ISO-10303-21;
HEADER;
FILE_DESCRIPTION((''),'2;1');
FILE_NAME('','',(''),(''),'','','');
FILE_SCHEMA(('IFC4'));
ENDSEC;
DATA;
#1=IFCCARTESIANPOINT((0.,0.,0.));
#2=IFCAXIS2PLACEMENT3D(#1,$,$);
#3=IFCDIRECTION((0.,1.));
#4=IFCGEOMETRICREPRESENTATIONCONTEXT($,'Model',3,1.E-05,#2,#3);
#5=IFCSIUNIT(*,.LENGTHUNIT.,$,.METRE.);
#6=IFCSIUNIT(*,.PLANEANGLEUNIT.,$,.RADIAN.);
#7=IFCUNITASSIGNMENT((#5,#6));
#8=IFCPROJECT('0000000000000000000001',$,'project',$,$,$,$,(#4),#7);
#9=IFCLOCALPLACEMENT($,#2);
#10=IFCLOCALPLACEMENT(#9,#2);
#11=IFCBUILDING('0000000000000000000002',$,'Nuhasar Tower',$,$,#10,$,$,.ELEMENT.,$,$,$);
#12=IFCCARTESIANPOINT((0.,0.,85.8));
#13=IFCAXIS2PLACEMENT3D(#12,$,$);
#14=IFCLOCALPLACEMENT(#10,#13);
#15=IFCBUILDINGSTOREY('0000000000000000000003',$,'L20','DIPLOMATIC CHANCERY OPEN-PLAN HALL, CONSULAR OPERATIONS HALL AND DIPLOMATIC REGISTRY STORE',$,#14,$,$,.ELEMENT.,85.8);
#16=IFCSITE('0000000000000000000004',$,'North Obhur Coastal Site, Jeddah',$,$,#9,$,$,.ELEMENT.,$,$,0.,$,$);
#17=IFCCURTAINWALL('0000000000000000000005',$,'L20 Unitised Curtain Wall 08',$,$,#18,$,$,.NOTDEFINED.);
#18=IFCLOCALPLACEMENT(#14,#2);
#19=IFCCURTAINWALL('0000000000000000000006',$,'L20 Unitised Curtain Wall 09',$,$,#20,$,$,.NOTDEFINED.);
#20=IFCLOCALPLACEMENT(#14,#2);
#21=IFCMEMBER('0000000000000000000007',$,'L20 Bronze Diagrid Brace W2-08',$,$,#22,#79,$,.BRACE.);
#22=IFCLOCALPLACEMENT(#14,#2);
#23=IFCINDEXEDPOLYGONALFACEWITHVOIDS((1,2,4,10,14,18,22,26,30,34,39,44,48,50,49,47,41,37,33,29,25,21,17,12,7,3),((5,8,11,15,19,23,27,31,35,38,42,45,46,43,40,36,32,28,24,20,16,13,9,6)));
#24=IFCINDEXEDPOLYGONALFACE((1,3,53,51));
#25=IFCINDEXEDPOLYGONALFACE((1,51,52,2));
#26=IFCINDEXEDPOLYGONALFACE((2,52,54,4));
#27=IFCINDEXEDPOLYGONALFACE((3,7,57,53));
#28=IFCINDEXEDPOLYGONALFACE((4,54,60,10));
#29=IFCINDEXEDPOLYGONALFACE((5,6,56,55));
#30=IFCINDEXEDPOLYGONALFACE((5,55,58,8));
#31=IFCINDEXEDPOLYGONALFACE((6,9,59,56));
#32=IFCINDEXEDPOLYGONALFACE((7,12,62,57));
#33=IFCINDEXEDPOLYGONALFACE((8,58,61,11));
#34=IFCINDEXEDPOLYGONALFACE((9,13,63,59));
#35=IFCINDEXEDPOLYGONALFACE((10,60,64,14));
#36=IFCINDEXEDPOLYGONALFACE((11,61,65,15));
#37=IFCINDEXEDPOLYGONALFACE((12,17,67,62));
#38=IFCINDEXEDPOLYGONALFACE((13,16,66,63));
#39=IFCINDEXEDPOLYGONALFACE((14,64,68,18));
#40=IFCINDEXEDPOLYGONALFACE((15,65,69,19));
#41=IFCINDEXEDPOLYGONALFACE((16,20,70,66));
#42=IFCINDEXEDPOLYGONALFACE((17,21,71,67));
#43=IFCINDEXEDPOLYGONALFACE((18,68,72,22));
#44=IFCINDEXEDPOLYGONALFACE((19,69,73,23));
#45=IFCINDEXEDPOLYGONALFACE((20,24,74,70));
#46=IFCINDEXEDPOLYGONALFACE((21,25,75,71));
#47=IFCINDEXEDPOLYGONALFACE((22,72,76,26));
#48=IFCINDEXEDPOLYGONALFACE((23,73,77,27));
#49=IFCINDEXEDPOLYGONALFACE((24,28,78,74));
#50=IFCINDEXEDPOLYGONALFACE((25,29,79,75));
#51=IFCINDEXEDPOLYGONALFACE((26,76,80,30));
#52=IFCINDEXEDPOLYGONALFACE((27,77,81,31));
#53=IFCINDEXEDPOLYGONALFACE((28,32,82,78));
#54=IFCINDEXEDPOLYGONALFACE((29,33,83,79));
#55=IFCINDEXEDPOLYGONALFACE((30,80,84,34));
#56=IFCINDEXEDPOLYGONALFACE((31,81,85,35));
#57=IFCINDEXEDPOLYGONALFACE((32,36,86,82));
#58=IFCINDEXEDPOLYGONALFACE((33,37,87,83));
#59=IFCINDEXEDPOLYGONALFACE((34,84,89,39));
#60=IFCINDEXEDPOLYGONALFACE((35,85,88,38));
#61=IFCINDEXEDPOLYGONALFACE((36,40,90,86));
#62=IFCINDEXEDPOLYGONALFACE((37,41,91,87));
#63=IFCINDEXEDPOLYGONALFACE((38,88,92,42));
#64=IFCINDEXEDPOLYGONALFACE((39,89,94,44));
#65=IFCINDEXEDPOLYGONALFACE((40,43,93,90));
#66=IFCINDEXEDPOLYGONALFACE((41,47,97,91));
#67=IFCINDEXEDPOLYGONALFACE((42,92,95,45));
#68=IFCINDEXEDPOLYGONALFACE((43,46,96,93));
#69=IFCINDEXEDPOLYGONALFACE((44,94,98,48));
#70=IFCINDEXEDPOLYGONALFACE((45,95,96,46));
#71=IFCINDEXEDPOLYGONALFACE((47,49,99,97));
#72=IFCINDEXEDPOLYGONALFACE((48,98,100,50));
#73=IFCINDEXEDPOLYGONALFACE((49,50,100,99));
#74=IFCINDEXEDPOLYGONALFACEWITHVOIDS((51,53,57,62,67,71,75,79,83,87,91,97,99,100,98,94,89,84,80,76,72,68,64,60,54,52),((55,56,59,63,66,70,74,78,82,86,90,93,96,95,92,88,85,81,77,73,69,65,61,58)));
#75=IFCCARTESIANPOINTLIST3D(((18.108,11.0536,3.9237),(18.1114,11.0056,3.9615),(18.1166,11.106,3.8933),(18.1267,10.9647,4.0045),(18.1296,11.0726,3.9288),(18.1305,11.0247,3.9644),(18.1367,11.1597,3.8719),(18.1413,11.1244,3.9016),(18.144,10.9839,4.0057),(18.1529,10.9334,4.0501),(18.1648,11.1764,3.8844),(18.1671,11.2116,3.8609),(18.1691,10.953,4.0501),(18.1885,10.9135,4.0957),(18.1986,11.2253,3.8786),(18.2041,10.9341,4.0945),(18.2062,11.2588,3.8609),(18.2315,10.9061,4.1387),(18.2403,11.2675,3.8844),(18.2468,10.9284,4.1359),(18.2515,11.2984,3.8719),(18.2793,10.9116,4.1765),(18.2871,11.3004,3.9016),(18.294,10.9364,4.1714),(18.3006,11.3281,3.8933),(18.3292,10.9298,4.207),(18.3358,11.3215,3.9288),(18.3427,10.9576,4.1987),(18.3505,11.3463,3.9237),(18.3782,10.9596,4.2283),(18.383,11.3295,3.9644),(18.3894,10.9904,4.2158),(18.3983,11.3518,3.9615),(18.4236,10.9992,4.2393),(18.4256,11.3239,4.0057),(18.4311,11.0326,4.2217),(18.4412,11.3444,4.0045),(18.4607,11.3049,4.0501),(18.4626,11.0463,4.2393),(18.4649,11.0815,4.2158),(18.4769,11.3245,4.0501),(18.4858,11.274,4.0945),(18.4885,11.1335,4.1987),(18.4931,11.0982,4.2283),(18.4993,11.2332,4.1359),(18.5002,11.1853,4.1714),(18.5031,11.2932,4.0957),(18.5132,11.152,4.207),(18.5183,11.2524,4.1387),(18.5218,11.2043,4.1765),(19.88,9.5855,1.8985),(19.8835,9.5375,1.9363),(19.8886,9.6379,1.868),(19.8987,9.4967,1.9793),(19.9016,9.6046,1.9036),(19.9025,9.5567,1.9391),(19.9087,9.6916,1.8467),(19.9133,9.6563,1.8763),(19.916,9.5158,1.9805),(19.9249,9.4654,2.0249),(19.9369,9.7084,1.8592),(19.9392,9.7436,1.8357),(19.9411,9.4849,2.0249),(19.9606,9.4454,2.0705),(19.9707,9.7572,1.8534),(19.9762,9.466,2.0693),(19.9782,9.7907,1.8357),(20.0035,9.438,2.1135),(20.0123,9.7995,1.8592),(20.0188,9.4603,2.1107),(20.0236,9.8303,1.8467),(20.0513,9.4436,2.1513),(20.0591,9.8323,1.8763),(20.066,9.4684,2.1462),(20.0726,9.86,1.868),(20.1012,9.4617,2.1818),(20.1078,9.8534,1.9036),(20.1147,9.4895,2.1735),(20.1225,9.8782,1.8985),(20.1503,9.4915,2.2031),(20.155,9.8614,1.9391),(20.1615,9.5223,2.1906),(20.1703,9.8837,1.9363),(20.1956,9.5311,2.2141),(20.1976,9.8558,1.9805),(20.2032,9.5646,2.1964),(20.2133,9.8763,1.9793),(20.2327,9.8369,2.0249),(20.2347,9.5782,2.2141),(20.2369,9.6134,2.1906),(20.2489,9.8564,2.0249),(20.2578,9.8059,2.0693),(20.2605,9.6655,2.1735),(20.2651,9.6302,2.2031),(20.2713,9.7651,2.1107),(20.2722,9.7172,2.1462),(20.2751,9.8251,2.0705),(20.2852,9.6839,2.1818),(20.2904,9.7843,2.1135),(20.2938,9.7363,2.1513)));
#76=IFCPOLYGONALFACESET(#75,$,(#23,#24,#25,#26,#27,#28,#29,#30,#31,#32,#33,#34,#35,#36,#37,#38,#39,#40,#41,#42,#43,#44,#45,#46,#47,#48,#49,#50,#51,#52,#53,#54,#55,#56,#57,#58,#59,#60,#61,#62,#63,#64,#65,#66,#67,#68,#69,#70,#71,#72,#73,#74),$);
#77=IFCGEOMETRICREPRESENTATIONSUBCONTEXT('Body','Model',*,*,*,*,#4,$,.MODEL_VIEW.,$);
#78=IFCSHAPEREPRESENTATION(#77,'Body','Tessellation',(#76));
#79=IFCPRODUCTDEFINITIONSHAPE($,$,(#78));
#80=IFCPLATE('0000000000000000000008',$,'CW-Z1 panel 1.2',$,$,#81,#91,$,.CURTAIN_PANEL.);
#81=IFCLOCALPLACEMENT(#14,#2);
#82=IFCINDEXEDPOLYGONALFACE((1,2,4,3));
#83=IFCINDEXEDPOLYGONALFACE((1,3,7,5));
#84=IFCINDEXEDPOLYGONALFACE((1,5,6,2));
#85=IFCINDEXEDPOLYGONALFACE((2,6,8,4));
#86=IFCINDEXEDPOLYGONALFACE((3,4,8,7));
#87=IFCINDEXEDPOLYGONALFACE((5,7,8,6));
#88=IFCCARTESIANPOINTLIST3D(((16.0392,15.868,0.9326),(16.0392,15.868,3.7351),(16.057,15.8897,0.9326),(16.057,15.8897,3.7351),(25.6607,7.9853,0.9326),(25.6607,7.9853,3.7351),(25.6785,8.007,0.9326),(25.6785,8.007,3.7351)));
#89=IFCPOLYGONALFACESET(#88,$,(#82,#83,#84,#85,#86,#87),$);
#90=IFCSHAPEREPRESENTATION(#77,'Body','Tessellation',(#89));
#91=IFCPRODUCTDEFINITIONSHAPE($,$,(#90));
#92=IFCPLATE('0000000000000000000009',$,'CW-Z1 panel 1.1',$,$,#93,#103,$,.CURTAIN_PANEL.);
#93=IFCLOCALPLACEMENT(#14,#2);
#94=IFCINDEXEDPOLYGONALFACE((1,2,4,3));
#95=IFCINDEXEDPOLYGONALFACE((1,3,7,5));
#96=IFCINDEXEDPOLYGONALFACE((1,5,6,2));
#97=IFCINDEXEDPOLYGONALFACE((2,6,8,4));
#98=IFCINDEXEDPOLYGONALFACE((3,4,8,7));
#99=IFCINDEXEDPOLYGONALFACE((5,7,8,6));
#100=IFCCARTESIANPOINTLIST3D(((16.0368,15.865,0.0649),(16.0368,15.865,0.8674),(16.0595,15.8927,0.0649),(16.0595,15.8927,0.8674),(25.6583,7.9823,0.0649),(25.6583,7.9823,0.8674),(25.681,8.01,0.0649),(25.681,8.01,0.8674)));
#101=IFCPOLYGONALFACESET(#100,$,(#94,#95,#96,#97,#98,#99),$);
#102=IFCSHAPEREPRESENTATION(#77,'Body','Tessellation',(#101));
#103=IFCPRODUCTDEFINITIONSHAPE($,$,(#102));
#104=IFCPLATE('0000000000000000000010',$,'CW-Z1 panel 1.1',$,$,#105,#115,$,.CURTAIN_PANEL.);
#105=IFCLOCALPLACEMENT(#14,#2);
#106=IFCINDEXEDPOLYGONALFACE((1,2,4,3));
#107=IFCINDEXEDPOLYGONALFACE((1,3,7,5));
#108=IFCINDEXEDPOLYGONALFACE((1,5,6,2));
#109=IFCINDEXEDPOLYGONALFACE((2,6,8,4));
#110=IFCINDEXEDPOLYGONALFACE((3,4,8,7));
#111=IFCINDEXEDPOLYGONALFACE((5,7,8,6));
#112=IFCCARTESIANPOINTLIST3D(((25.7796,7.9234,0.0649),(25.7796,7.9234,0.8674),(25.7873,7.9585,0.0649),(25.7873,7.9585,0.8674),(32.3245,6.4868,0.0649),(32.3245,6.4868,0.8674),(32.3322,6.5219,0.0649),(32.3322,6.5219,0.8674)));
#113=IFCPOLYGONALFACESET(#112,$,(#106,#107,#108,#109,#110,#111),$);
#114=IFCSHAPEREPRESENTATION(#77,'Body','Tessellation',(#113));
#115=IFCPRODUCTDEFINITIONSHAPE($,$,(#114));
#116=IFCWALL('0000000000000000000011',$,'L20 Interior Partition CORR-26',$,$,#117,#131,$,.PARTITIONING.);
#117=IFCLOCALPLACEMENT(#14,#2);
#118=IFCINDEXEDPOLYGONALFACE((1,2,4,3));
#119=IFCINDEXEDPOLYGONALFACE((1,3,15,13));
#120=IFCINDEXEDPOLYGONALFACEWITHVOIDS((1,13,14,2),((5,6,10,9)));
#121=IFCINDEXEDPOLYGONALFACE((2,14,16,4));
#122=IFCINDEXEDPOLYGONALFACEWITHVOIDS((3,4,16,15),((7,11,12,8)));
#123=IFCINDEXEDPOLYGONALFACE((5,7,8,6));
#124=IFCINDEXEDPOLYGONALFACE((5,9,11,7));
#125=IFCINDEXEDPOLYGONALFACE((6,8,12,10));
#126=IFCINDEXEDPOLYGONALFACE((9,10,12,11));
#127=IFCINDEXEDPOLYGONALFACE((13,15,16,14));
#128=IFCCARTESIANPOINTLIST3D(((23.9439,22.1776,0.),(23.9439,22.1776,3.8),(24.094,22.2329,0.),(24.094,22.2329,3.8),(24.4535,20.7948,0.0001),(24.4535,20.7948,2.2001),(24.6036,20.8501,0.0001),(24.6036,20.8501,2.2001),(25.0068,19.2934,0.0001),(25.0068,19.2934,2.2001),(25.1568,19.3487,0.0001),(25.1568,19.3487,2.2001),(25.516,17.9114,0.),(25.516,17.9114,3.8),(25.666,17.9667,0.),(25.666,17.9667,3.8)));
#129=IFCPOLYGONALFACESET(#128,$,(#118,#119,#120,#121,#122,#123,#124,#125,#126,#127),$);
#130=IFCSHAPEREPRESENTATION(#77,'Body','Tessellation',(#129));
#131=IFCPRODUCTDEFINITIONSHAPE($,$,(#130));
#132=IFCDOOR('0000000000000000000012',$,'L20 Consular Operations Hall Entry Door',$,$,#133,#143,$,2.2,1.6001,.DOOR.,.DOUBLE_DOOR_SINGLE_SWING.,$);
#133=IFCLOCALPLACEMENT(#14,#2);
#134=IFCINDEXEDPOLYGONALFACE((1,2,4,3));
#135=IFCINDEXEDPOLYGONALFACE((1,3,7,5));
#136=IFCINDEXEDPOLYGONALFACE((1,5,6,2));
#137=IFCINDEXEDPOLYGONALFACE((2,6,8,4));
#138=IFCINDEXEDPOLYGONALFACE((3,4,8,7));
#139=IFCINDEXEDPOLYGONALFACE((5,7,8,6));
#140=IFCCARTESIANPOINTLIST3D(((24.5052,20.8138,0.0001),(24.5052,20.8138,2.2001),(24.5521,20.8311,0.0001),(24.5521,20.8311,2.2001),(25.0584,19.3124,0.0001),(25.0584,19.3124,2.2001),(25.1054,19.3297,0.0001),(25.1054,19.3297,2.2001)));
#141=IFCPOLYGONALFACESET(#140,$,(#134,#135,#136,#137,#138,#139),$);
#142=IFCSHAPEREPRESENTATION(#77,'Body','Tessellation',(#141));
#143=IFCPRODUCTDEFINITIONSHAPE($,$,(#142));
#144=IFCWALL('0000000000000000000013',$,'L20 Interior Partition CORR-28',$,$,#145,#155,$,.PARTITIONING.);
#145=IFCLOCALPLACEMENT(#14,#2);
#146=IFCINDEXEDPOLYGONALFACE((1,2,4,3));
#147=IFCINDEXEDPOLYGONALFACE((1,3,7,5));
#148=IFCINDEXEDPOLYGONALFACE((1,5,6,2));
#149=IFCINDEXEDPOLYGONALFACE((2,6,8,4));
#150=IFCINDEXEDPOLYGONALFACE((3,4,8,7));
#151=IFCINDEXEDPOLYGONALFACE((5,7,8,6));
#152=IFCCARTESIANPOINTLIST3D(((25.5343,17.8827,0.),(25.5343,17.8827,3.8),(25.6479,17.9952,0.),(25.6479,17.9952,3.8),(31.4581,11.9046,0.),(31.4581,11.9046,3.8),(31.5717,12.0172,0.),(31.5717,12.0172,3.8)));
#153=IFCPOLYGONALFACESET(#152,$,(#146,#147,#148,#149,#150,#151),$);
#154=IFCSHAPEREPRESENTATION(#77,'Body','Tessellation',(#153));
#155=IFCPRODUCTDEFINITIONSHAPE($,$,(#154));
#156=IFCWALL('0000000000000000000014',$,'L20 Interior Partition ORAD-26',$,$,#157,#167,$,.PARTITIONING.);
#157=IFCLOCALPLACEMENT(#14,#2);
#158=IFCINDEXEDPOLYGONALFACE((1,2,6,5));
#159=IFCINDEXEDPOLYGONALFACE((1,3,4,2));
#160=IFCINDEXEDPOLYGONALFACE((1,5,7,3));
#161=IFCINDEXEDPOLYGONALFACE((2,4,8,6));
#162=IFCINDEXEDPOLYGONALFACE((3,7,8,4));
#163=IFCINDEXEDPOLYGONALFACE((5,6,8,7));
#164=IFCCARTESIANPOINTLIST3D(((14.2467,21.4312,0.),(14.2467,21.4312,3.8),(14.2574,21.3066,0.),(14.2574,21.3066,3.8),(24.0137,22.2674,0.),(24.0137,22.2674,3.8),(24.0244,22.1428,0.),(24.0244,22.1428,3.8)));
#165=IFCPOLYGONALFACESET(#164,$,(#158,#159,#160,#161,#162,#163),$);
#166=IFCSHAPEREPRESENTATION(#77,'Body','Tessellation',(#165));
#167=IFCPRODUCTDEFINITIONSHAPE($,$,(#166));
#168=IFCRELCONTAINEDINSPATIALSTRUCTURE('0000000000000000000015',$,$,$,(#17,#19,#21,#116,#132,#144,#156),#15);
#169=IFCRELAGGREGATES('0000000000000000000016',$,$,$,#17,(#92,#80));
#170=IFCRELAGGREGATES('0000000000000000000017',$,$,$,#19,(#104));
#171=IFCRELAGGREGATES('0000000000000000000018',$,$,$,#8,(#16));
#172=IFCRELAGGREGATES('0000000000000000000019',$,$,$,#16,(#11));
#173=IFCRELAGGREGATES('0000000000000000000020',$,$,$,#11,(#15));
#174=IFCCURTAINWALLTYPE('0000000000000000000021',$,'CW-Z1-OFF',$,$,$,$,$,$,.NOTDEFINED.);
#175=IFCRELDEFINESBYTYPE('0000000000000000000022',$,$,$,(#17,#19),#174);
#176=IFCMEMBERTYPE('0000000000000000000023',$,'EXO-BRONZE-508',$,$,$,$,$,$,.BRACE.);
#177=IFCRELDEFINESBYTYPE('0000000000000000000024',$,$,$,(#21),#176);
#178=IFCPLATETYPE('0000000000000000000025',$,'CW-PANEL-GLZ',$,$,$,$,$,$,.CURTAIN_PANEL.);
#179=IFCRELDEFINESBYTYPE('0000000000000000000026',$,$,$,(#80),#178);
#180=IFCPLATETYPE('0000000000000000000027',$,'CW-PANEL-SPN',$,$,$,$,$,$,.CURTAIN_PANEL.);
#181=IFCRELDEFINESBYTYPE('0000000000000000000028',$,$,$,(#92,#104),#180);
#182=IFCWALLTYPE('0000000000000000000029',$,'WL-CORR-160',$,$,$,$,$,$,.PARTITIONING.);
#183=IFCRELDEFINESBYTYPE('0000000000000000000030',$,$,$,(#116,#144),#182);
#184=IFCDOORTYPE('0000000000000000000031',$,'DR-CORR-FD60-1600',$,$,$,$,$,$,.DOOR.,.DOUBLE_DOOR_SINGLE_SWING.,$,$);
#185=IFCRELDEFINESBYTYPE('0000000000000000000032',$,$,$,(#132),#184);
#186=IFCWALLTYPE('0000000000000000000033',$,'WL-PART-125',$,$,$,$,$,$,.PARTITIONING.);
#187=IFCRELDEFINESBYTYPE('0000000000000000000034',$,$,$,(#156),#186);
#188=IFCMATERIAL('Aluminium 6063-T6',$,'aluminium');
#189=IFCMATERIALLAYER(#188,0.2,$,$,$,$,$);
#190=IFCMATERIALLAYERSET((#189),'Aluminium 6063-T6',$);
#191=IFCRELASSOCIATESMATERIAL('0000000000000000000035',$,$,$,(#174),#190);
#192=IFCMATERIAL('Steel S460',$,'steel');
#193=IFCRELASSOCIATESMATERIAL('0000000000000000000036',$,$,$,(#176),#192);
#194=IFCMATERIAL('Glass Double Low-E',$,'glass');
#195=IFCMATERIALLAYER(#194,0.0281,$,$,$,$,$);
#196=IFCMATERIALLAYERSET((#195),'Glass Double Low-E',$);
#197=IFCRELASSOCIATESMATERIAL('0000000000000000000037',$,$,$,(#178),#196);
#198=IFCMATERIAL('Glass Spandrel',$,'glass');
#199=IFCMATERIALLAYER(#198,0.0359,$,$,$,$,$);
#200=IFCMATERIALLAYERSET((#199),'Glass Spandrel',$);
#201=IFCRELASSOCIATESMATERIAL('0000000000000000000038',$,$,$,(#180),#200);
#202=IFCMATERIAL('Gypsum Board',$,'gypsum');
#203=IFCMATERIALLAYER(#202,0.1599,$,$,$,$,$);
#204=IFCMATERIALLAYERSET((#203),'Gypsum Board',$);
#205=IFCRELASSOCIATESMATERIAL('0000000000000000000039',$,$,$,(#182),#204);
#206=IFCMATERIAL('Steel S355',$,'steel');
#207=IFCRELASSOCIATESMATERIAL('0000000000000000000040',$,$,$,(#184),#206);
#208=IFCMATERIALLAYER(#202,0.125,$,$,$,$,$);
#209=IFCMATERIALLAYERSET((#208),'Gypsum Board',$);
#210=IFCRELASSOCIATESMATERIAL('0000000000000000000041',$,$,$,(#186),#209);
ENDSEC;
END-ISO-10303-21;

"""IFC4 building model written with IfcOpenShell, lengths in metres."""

from ifc_helpers import new_model, si_unit, direction, frame, frame_2d, origin, origin_2d, place, context, subcontext, project, spatial, rectangle, hollow_circle, extrude, material, layer, layer_set, material_profile, profile_set, type_object, element, fill, aggregate, save


model = new_model("IFC4")

# Units and contexts
model_context = context("Model", 3, precision=1e-05, world=origin(), true_north=direction((0.0, 1.0)))
body_context = subcontext(model_context, "Body", "Model", "MODEL_VIEW")
ifc_project = project(units=[si_unit("LENGTHUNIT", "METRE"), si_unit("PLANEANGLEUNIT", "RADIAN")], contexts=[model_context])

# Site, building, storey
site_placement = place(None, origin())
site = spatial("IfcSite", under=ifc_project, at=site_placement, Name="North Obhur Coastal Site, Jeddah", CompositionType="ELEMENT", RefElevation=0.0)
building_placement = place(site_placement, origin())
building = spatial("IfcBuilding", under=site, at=building_placement, Name="Nuhasar Tower", CompositionType="ELEMENT")
storey_placement = place(building_placement, frame((0.0, 0.0, 85.8)))
storey = spatial("IfcBuildingStorey", under=building, at=storey_placement, Name="L20", Description="DIPLOMATIC CHANCERY OPEN-PLAN HALL, CONSULAR OPERATIONS HALL AND DIPLOMATIC REGISTRY STORE", CompositionType="ELEMENT", Elevation=85.8)

# Shared definitions
ifc_material_1 = material(Name="Steel S355", Category="steel")

# Curtain wall
ifc_material_2 = material(Name="Aluminium 6063-T6", Category="aluminium")
ifc_layer_1 = layer(ifc_material_2, 0.2)
ifc_layer_set_1 = layer_set([ifc_layer_1], Name="Aluminium 6063-T6")
curtain_wall_type = type_object("IfcCurtainWallType", Name="CW-Z1-OFF", PredefinedType="NOTDEFINED", material=ifc_layer_set_1)
curtain_wall_1_placement = place(storey_placement, origin())
curtain_wall_1 = element("IfcCurtainWall", 1, at=curtain_wall_1_placement, inside=storey, type_object=curtain_wall_type, Name="L20 Unitised Curtain Wall 08", PredefinedType="NOTDEFINED")

# Curtain wall
curtain_wall_2_placement = place(storey_placement, origin())
curtain_wall_2 = element("IfcCurtainWall", 2, at=curtain_wall_2_placement, inside=storey, type_object=curtain_wall_type, Name="L20 Unitised Curtain Wall 09", PredefinedType="NOTDEFINED")

# Member
ifc_material_3 = material(Name="Steel S460", Category="steel")
ifc_material_profile_1 = material_profile(ifc_material_3, hollow_circle(Radius=0.2539, WallThickness=0.0254, at=origin_2d()), Name="HSS508X25.4")
ifc_profile_set_1 = profile_set([ifc_material_profile_1], Name="Steel S460")
member_type_1 = type_object("IfcMemberType", Name="EXO-BRONZE-508", PredefinedType="BRACE", material=ifc_profile_set_1)
member_1_placement = place(storey_placement, frame((20.0869, 9.6609, 2.0249), z_axis=(-0.578071, 0.478912, 0.660664), x_axis=(-0.637969, -0.770062, 0.0)))
element("IfcMember", 3, at=member_1_placement, inside=storey, type_object=member_type_1, Name="L20 Bronze Diagrid Brace W2-08", PredefinedType="BRACE", context=body_context, shape_type="SweptSolid", body=[
    extrude(hollow_circle(Radius=0.2539, WallThickness=0.0254, at=origin_2d()), origin(), (0.0, 0.0, 1.0), 3.0654),
])

# Plates
ifc_material_4 = material(Name="Glass Double Low-E", Category="glass")
ifc_layer_2 = layer(ifc_material_4, 0.0281)
ifc_layer_set_2 = layer_set([ifc_layer_2], Name="Glass Double Low-E")
plate_type_1 = type_object("IfcPlateType", Name="CW-PANEL-GLZ", PredefinedType="CURTAIN_PANEL", material=ifc_layer_set_2)
plate_1_placement = place(storey_placement, frame((20.8589, 11.9375, 0.9326), z_axis=(0.0, 0.0, 1.0), x_axis=(0.773542, -0.633745, 0.0)))
plate_1 = element("IfcPlate", 4, at=plate_1_placement, type_object=plate_type_1, Name="CW-Z1 panel 1.2", PredefinedType="CURTAIN_PANEL", context=body_context, shape_type="SweptSolid", body=[
    extrude(rectangle(XDim=12.4382, YDim=0.0281, at=origin_2d()), origin(), (0.0, 0.0, 1.0), 2.8025),
])
ifc_material_5 = material(Name="Glass Spandrel", Category="glass")
ifc_layer_3 = layer(ifc_material_5, 0.0359)
ifc_layer_set_3 = layer_set([ifc_layer_3], Name="Glass Spandrel")
plate_type_2 = type_object("IfcPlateType", Name="CW-PANEL-SPN", PredefinedType="CURTAIN_PANEL", material=ifc_layer_set_3)
plate_2_placement = place(storey_placement, frame((20.8589, 11.9375, 0.0649), z_axis=(0.0, 0.0, 1.0), x_axis=(0.773542, -0.633745, 0.0)))
plate_2 = element("IfcPlate", 5, at=plate_2_placement, type_object=plate_type_2, Name="CW-Z1 panel 1.1", PredefinedType="CURTAIN_PANEL", context=body_context, shape_type="SweptSolid", body=[
    extrude(rectangle(XDim=12.4382, YDim=0.0359, at=origin_2d()), origin(), (0.0, 0.0, 1.0), 0.8025),
])
aggregate(curtain_wall_1, [plate_2, plate_1])
plate_3_placement = place(storey_placement, frame((29.0559, 7.2227, 0.0649), z_axis=(0.0, 0.0, 1.0), x_axis=(0.976746, -0.214399, 0.0)))
plate_3 = element("IfcPlate", 6, at=plate_3_placement, type_object=plate_type_2, Name="CW-Z1 panel 1.1", PredefinedType="CURTAIN_PANEL", context=body_context, shape_type="SweptSolid", body=[
    extrude(rectangle(XDim=6.7007, YDim=0.0359, at=origin_2d()), origin(), (0.0, 0.0, 1.0), 0.8025),
])
aggregate(curtain_wall_2, [plate_3])

# Wall, opening, door
ifc_material_6 = material(Name="Gypsum Board", Category="gypsum")
ifc_layer_4 = layer(ifc_material_6, 0.1599)
ifc_layer_set_4 = layer_set([ifc_layer_4], Name="Gypsum Board")
wall_type_1 = type_object("IfcWallType", Name="WL-CORR-160", PredefinedType="PARTITIONING", material=ifc_layer_set_4)
wall_1_placement = place(storey_placement, frame((25.5911, 17.939, 0.0), z_axis=(0.0, 0.0, 1.0), x_axis=(-0.345763, 0.938322, 0.0)))
wall_1 = element("IfcWall", 7, at=wall_1_placement, inside=storey, type_object=wall_type_1, Name="L20 Interior Partition CORR-26", PredefinedType="PARTITIONING", context=body_context, shape_type="SweptSolid", body=[
    extrude(rectangle(XDim=4.5466, YDim=0.1599, at=frame_2d((2.2734, 0.0))), origin(), (0.0, 0.0, 1.0), 3.8),
])
opening_placement = place(wall_1_placement, frame((1.4729, 0.0, 0.0)))
opening = element("IfcOpeningElement", 8, at=opening_placement, cuts=wall_1, PredefinedType="OPENING", context=body_context, shape_type="SweptSolid", body=[
    extrude(rectangle(XDim=1.6001, YDim=2.2, at=frame_2d((0.8, 1.1001))), frame((0.0, 0.0898, 0.0), z_axis=(0.0, -1.0, 0.0), x_axis=(1.0, 0.0, 0.0)), (0.0, 0.0, 1.0), 0.1799),
])
door_type = type_object("IfcDoorType", Name="DR-CORR-FD60-1600", OperationType="DOUBLE_DOOR_SINGLE_SWING", PredefinedType="DOOR", material=ifc_material_1)
door_placement = place(opening_placement, origin())
door = element("IfcDoor", 9, at=door_placement, inside=storey, type_object=door_type, Name="L20 Consular Operations Hall Entry Door", OperationType="DOUBLE_DOOR_SINGLE_SWING", OverallHeight=2.2, OverallWidth=1.6001, PredefinedType="DOOR", context=body_context, shape_type="SweptSolid", body=[
    extrude(rectangle(XDim=1.6001, YDim=2.2, at=frame_2d((0.8, 1.1001))), frame((0.0, 0.0249, 0.0), z_axis=(0.0, -1.0, 0.0), x_axis=(1.0, 0.0, 0.0)), (0.0, 0.0, 1.0), 0.05),
])
fill(opening, door)

# Walls
wall_2_placement = place(storey_placement, frame((25.5911, 17.939, 0.0), z_axis=(0.0, 0.0, 1.0), x_axis=(0.703879, -0.710319, 0.0)))
element("IfcWall", 10, at=wall_2_placement, inside=storey, type_object=wall_type_1, Name="L20 Interior Partition CORR-28", PredefinedType="PARTITIONING", context=body_context, shape_type="SweptSolid", body=[
    extrude(rectangle(XDim=8.416, YDim=0.1599, at=frame_2d((4.208, 0.0))), origin(), (0.0, 0.0, 1.0), 3.8),
])
ifc_layer_5 = layer(ifc_material_6, 0.125)
ifc_layer_set_5 = layer_set([ifc_layer_5], Name="Gypsum Board")
wall_type_2 = type_object("IfcWallType", Name="WL-PART-125", PredefinedType="PARTITIONING", material=ifc_layer_set_5)
wall_3_placement = place(storey_placement, frame((24.019, 22.2051, 0.0), z_axis=(0.0, 0.0, 1.0), x_axis=(-0.996355, -0.0853, 0.0)))
element("IfcWall", 11, at=wall_3_placement, inside=storey, type_object=wall_type_2, Name="L20 Interior Partition ORAD-26", PredefinedType="PARTITIONING", context=body_context, shape_type="SweptSolid", body=[
    extrude(rectangle(XDim=9.8027, YDim=0.125, at=frame_2d((4.9014, 0.0))), origin(), (0.0, 0.0, 1.0), 3.8),
])

save(model, "model.ifc")
